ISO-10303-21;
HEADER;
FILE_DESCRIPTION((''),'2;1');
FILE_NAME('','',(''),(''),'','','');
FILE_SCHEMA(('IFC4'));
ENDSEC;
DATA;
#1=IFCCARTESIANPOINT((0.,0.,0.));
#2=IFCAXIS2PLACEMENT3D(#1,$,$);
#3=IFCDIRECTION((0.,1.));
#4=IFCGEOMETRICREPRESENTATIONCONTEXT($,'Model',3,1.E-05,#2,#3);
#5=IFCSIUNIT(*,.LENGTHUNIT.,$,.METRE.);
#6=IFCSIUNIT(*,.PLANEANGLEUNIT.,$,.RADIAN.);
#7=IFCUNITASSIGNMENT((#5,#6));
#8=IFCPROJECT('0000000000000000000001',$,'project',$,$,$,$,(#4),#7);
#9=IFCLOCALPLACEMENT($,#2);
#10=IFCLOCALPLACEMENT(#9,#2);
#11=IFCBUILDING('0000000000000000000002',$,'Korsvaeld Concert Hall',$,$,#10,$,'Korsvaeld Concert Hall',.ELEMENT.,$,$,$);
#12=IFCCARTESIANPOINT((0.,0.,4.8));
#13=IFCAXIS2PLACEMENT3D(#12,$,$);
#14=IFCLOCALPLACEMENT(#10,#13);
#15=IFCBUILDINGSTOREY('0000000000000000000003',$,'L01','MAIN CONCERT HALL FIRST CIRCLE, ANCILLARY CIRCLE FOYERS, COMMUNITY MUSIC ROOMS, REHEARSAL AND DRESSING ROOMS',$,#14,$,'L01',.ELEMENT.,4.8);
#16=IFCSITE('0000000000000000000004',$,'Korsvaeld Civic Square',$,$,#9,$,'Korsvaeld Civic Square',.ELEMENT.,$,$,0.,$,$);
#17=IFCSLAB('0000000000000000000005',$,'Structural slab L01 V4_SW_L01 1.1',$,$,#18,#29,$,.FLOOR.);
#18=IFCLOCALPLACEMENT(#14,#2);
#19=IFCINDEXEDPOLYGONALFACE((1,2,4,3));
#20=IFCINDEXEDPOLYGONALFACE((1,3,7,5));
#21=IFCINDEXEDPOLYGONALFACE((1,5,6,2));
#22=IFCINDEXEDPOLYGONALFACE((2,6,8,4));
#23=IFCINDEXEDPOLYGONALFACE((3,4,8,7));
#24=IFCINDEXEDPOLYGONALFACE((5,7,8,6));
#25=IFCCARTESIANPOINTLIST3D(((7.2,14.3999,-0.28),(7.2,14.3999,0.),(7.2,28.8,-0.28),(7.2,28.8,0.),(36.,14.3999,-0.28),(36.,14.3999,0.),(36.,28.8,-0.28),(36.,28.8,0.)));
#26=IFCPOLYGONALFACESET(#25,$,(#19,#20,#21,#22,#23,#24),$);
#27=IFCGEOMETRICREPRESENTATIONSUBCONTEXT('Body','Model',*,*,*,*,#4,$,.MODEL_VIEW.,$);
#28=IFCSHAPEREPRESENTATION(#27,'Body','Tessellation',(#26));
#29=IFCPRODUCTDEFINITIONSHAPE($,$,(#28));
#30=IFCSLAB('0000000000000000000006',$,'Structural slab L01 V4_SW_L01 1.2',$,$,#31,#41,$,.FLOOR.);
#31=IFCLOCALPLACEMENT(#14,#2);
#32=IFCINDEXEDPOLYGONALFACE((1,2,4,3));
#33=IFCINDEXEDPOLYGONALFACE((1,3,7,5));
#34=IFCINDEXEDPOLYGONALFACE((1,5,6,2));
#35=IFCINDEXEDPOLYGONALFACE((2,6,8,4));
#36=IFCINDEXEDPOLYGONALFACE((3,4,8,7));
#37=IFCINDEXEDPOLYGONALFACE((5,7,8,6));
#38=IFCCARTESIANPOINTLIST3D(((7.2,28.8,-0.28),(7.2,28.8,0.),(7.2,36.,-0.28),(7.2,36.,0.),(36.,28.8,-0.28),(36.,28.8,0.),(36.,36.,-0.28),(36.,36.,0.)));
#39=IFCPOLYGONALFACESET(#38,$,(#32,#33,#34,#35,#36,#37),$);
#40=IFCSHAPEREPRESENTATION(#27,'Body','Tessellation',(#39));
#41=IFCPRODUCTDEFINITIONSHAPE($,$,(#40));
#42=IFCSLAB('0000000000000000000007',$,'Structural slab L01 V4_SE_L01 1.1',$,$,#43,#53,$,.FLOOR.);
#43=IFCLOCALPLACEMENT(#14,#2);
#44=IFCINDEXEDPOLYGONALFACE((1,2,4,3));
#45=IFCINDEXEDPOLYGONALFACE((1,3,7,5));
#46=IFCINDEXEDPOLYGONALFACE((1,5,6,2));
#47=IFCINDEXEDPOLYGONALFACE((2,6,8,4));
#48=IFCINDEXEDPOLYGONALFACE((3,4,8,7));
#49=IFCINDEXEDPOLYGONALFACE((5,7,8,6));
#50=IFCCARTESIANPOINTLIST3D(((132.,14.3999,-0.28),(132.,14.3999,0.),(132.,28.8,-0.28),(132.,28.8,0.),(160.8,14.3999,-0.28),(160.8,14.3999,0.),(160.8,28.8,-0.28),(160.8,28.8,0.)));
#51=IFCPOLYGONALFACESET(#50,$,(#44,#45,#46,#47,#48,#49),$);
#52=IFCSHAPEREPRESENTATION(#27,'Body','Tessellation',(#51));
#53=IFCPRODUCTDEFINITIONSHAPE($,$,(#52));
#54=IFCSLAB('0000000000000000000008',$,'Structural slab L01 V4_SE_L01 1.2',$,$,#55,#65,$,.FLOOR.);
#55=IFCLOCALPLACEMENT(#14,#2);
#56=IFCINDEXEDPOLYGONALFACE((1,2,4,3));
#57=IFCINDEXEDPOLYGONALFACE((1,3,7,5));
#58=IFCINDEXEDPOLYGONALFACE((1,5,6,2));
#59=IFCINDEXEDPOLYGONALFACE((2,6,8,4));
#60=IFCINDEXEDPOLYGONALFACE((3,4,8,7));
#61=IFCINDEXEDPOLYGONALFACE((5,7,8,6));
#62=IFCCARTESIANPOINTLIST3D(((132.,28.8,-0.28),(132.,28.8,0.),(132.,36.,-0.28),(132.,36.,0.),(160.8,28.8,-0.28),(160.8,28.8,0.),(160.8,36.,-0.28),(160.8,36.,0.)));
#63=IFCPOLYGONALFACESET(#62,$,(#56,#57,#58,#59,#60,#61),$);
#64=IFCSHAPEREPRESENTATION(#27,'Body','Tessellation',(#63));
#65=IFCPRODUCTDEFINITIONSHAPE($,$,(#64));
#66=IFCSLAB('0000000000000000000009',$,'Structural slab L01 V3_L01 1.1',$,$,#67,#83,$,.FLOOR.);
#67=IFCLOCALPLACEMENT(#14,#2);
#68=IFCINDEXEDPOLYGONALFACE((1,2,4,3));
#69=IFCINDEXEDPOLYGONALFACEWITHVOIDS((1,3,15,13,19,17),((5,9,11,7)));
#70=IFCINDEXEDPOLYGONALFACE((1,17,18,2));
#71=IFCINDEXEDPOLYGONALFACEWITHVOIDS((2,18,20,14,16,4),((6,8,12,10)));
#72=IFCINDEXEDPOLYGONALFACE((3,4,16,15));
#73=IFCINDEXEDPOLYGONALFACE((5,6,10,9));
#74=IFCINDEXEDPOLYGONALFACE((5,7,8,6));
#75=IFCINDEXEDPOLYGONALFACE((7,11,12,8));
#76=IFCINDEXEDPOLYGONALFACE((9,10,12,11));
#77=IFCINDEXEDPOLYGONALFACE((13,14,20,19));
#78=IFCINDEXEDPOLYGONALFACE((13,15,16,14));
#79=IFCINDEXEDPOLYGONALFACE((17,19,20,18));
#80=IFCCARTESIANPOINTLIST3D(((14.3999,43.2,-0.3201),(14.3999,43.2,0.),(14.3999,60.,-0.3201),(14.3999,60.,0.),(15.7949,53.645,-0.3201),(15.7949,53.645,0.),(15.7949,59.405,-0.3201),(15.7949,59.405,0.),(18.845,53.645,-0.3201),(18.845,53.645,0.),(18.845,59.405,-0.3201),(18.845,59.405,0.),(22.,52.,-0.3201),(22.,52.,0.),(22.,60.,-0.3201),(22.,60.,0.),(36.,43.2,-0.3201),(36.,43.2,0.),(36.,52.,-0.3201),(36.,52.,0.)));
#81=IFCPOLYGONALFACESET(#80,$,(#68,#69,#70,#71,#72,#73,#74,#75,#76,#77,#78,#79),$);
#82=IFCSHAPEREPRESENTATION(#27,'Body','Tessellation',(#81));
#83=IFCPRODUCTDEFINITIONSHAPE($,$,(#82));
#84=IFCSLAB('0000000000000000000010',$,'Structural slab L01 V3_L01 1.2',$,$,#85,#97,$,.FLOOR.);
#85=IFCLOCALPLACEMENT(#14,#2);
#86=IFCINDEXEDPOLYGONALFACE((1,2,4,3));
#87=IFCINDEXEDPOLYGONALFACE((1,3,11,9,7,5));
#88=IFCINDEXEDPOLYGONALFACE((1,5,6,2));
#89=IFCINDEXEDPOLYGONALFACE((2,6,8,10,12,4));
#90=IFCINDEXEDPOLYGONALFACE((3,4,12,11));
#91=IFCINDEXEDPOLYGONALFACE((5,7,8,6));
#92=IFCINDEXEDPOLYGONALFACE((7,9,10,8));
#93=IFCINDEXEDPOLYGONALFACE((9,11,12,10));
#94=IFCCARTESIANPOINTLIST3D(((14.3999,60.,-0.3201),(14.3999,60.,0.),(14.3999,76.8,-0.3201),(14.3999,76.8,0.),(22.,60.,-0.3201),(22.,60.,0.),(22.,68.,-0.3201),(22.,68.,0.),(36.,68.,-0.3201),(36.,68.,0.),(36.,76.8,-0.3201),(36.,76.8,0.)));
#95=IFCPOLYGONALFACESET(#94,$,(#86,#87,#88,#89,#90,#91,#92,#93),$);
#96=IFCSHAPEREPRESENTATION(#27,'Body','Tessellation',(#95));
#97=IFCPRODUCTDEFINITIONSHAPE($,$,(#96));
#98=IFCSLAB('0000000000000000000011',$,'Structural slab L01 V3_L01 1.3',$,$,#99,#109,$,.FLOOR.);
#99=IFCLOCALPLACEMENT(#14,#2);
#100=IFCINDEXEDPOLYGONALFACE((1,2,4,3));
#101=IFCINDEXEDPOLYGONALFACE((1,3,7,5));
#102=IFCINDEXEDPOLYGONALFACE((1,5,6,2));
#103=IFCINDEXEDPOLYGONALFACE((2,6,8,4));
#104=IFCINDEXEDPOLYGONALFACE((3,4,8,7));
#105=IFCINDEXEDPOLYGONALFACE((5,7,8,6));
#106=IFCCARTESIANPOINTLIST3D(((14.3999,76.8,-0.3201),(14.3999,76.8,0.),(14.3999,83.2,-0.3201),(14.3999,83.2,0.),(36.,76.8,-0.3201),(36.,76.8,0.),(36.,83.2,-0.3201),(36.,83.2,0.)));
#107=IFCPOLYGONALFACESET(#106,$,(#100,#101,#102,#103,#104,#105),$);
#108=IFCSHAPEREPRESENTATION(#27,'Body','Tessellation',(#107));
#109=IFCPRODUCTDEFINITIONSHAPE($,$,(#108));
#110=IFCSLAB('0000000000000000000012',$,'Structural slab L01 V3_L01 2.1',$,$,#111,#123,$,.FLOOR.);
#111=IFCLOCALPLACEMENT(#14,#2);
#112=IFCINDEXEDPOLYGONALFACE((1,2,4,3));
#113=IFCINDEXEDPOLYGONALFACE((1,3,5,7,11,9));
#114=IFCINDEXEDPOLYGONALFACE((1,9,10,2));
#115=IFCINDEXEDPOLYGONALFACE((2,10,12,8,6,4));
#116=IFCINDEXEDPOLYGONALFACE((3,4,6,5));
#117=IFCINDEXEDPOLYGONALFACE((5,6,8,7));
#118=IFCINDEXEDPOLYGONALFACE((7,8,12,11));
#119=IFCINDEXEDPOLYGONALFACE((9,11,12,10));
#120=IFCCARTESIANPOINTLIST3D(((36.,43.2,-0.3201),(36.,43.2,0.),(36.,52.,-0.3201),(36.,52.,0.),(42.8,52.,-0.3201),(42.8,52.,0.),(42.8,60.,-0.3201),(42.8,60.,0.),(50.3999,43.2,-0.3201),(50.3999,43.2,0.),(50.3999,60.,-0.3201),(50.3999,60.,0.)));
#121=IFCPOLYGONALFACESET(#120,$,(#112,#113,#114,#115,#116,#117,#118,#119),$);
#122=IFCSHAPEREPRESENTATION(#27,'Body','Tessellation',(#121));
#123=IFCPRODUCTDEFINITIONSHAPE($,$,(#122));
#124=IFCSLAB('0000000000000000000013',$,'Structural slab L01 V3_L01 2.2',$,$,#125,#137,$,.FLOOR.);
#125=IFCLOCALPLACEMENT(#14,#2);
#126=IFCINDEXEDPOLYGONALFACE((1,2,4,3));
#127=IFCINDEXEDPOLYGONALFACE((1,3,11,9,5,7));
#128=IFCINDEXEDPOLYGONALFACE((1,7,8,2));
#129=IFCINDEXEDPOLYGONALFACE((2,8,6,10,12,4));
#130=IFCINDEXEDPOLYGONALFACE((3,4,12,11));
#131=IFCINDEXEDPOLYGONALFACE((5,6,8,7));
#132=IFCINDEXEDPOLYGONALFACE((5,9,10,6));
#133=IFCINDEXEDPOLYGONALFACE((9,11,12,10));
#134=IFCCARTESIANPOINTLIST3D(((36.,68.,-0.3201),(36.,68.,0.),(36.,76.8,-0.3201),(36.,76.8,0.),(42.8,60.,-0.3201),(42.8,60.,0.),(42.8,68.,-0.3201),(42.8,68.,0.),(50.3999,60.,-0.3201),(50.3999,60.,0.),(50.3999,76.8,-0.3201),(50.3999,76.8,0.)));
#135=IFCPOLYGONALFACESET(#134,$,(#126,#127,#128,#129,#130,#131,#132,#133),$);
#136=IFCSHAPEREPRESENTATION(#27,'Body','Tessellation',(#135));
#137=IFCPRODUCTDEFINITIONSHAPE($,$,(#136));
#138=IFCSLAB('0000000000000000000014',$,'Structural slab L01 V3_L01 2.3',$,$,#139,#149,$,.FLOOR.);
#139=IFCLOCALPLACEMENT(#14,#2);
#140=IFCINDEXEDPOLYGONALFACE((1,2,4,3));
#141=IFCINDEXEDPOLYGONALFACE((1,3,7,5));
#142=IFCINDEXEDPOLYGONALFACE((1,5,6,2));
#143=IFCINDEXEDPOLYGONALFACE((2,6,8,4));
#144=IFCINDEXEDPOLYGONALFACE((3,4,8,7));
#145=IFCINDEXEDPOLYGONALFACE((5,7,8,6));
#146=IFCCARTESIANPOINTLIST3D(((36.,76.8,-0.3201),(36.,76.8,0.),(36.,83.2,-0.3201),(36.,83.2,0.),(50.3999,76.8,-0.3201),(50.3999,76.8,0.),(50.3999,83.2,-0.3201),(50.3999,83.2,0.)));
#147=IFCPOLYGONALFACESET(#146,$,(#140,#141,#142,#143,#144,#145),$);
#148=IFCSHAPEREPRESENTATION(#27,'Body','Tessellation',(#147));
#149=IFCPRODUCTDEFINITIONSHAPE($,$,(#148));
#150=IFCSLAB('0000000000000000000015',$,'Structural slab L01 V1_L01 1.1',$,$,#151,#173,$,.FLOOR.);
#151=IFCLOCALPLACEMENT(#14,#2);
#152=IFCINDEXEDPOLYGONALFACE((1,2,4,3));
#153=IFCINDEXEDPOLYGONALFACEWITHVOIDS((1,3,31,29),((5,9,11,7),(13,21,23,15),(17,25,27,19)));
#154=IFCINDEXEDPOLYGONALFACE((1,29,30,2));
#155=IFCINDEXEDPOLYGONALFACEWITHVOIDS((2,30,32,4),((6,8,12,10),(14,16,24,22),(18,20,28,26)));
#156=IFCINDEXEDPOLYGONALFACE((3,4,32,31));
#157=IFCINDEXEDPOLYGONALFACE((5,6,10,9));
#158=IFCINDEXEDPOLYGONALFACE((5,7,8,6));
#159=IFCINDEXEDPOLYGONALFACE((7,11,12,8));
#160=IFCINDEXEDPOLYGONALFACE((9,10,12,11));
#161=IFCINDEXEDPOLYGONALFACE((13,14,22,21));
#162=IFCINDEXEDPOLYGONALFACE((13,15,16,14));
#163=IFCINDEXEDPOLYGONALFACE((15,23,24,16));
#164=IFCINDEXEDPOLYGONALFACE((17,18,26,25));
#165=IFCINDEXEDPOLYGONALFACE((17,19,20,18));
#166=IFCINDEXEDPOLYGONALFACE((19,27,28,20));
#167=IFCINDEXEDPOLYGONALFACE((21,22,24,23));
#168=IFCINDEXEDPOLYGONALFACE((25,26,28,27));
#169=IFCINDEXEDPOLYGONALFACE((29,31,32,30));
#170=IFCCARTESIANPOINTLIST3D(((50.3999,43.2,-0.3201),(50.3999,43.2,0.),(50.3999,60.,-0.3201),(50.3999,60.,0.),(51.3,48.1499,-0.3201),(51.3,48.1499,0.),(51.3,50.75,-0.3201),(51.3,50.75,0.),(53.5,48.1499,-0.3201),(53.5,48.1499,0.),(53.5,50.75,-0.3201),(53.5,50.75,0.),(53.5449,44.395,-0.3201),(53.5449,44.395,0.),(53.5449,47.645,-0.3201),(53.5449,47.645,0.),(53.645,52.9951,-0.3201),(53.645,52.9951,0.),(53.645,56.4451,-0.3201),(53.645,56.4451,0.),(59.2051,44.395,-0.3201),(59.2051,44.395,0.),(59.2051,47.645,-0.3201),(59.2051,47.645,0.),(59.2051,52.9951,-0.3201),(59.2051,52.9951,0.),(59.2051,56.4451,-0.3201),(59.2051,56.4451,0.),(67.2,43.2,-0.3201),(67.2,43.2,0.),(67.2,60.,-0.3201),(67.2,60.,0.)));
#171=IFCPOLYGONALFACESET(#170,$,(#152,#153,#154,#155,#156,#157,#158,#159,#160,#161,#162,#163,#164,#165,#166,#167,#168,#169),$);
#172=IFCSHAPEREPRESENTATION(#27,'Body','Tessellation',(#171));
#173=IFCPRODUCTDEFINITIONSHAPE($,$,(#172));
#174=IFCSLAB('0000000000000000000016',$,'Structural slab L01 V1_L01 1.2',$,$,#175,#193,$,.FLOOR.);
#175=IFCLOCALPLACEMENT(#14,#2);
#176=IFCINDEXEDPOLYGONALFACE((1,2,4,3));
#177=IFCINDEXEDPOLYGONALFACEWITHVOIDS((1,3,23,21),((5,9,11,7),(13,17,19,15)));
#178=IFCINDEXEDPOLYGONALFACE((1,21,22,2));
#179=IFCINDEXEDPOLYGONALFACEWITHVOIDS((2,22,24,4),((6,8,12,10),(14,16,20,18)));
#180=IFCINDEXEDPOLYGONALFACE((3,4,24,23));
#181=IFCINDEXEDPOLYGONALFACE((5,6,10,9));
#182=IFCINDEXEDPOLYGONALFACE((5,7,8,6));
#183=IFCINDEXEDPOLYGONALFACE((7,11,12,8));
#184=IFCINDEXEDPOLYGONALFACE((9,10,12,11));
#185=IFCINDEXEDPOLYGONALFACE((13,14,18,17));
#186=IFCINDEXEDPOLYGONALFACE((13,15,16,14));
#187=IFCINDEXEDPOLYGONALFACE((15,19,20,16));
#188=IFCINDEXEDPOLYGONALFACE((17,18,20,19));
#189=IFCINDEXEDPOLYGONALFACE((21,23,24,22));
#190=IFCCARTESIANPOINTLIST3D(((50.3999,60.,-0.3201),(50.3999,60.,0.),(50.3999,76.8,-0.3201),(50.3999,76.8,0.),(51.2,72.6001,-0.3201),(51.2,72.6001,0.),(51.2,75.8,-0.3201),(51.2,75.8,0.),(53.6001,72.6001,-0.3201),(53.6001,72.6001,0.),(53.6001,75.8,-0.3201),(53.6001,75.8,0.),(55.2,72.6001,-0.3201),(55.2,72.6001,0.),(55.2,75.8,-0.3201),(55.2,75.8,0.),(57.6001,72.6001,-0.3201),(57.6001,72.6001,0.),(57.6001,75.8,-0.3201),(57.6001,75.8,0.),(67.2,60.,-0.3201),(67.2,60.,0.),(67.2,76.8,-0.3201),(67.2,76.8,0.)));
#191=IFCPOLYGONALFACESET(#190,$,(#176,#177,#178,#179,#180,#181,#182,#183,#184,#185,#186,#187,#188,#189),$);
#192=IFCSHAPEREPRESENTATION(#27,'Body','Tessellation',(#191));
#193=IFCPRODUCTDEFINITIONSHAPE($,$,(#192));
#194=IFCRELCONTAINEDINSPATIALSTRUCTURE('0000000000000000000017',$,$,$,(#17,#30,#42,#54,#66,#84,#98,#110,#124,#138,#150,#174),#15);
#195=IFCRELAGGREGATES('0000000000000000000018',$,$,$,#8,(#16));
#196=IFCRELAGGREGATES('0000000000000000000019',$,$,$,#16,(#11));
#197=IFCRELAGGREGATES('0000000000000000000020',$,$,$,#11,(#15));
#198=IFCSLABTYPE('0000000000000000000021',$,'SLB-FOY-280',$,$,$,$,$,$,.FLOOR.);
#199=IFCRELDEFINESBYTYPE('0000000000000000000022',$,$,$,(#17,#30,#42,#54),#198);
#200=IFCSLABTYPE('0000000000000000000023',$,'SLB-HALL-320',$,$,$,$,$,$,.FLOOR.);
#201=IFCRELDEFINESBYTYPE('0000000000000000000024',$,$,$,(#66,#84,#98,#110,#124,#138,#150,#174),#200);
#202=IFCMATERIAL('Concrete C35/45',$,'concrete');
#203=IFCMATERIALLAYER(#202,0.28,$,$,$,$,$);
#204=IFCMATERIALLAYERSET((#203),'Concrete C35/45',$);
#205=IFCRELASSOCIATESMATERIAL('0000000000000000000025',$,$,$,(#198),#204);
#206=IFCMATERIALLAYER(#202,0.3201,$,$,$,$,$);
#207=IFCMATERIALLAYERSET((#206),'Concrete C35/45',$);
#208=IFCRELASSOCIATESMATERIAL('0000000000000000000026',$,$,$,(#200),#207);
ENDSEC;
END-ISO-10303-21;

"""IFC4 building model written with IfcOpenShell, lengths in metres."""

from ifc_helpers import new_model, si_unit, direction, frame, origin, place, context, subcontext, project, spatial, polyline, outline, extrude, material, layer, layer_set, type_object, element, save


model = new_model("IFC4")

# Units and contexts
model_context = context("Model", 3, precision=1e-05, world=origin(), true_north=direction((0.0, 1.0)))
body_context = subcontext(model_context, "Body", "Model", "MODEL_VIEW")
ifc_project = project(units=[si_unit("LENGTHUNIT", "METRE"), si_unit("PLANEANGLEUNIT", "RADIAN")], contexts=[model_context])

# Site, building, storey
site_placement = place(None, origin())
site = spatial("IfcSite", under=ifc_project, at=site_placement, Name="Korsvaeld Civic Square", LongName="Korsvaeld Civic Square", CompositionType="ELEMENT", RefElevation=0.0)
building_placement = place(site_placement, origin())
building = spatial("IfcBuilding", under=site, at=building_placement, Name="Korsvaeld Concert Hall", LongName="Korsvaeld Concert Hall", CompositionType="ELEMENT")
storey_placement = place(building_placement, frame((0.0, 0.0, 4.8)))
storey = spatial("IfcBuildingStorey", under=building, at=storey_placement, Name="L01", Description="MAIN CONCERT HALL FIRST CIRCLE, ANCILLARY CIRCLE FOYERS, COMMUNITY MUSIC ROOMS, REHEARSAL AND DRESSING ROOMS", LongName="L01", CompositionType="ELEMENT", Elevation=4.8)

# Slabs
ifc_material = material(Name="Concrete C35/45", Category="concrete")
ifc_layer_1 = layer(ifc_material, 0.28)
ifc_layer_set_1 = layer_set([ifc_layer_1], Name="Concrete C35/45")
slab_type_1 = type_object("IfcSlabType", Name="SLB-FOY-280", PredefinedType="FLOOR", material=ifc_layer_set_1)
slab_1_placement = place(storey_placement, frame((0.0, 0.0, -0.28)))
element("IfcSlab", 1, at=slab_1_placement, inside=storey, type_object=slab_type_1, Name="Structural slab L01 V4_SW_L01 1.1", PredefinedType="FLOOR", context=body_context, shape_type="SweptSolid", body=[
    extrude(outline(polyline([(7.2, 14.3999), (7.2, 28.8), (36.0, 28.8), (36.0, 14.3999), (7.2, 14.3999)])), origin(), (0.0, 0.0, 1.0), 0.28),
])
slab_2_placement = place(storey_placement, frame((0.0, 0.0, -0.28)))
element("IfcSlab", 2, at=slab_2_placement, inside=storey, type_object=slab_type_1, Name="Structural slab L01 V4_SW_L01 1.2", PredefinedType="FLOOR", context=body_context, shape_type="SweptSolid", body=[
    extrude(outline(polyline([(7.2, 28.8), (7.2, 36.0), (36.0, 36.0), (36.0, 28.8), (7.2, 28.8)])), origin(), (0.0, 0.0, 1.0), 0.28),
])
slab_3_placement = place(storey_placement, frame((0.0, 0.0, -0.28)))
element("IfcSlab", 3, at=slab_3_placement, inside=storey, type_object=slab_type_1, Name="Structural slab L01 V4_SE_L01 1.1", PredefinedType="FLOOR", context=body_context, shape_type="SweptSolid", body=[
    extrude(outline(polyline([(132.0, 14.3999), (132.0, 28.8), (160.8, 28.8), (160.8, 14.3999), (132.0, 14.3999)])), origin(), (0.0, 0.0, 1.0), 0.28),
])
slab_4_placement = place(storey_placement, frame((0.0, 0.0, -0.28)))
element("IfcSlab", 4, at=slab_4_placement, inside=storey, type_object=slab_type_1, Name="Structural slab L01 V4_SE_L01 1.2", PredefinedType="FLOOR", context=body_context, shape_type="SweptSolid", body=[
    extrude(outline(polyline([(132.0, 28.8), (132.0, 36.0), (160.8, 36.0), (160.8, 28.8), (132.0, 28.8)])), origin(), (0.0, 0.0, 1.0), 0.28),
])
ifc_layer_2 = layer(ifc_material, 0.3201)
ifc_layer_set_2 = layer_set([ifc_layer_2], Name="Concrete C35/45")
slab_type_2 = type_object("IfcSlabType", Name="SLB-HALL-320", PredefinedType="FLOOR", material=ifc_layer_set_2)
slab_5_placement = place(storey_placement, frame((0.0, 0.0, -0.3201)))
element("IfcSlab", 5, at=slab_5_placement, inside=storey, type_object=slab_type_2, Name="Structural slab L01 V3_L01 1.1", PredefinedType="FLOOR", context=body_context, shape_type="SweptSolid", body=[
    extrude(outline(polyline([(36.0, 43.2), (14.3999, 43.2), (14.3999, 60.0), (22.0, 60.0), (22.0, 52.0), (36.0, 52.0), (36.0, 43.2)]), holes=[polyline([(18.845, 53.645), (18.845, 59.405), (15.7949, 59.405), (15.7949, 53.645), (18.845, 53.645)])]), origin(), (0.0, 0.0, 1.0), 0.3201),
])
slab_6_placement = place(storey_placement, frame((0.0, 0.0, -0.3201)))
element("IfcSlab", 6, at=slab_6_placement, inside=storey, type_object=slab_type_2, Name="Structural slab L01 V3_L01 1.2", PredefinedType="FLOOR", context=body_context, shape_type="SweptSolid", body=[
    extrude(outline(polyline([(14.3999, 60.0), (14.3999, 76.8), (36.0, 76.8), (36.0, 68.0), (22.0, 68.0), (22.0, 60.0), (14.3999, 60.0)])), origin(), (0.0, 0.0, 1.0), 0.3201),
])
slab_7_placement = place(storey_placement, frame((0.0, 0.0, -0.3201)))
element("IfcSlab", 7, at=slab_7_placement, inside=storey, type_object=slab_type_2, Name="Structural slab L01 V3_L01 1.3", PredefinedType="FLOOR", context=body_context, shape_type="SweptSolid", body=[
    extrude(outline(polyline([(14.3999, 76.8), (14.3999, 83.2), (36.0, 83.2), (36.0, 76.8), (14.3999, 76.8)])), origin(), (0.0, 0.0, 1.0), 0.3201),
])
slab_8_placement = place(storey_placement, frame((0.0, 0.0, -0.3201)))
element("IfcSlab", 8, at=slab_8_placement, inside=storey, type_object=slab_type_2, Name="Structural slab L01 V3_L01 2.1", PredefinedType="FLOOR", context=body_context, shape_type="SweptSolid", body=[
    extrude(outline(polyline([(50.3999, 60.0), (50.3999, 43.2), (36.0, 43.2), (36.0, 52.0), (42.8, 52.0), (42.8, 60.0), (50.3999, 60.0)])), origin(), (0.0, 0.0, 1.0), 0.3201),
])
slab_9_placement = place(storey_placement, frame((0.0, 0.0, -0.3201)))
element("IfcSlab", 9, at=slab_9_placement, inside=storey, type_object=slab_type_2, Name="Structural slab L01 V3_L01 2.2", PredefinedType="FLOOR", context=body_context, shape_type="SweptSolid", body=[
    extrude(outline(polyline([(36.0, 76.8), (50.3999, 76.8), (50.3999, 60.0), (42.8, 60.0), (42.8, 68.0), (36.0, 68.0), (36.0, 76.8)])), origin(), (0.0, 0.0, 1.0), 0.3201),
])
slab_10_placement = place(storey_placement, frame((0.0, 0.0, -0.3201)))
element("IfcSlab", 10, at=slab_10_placement, inside=storey, type_object=slab_type_2, Name="Structural slab L01 V3_L01 2.3", PredefinedType="FLOOR", context=body_context, shape_type="SweptSolid", body=[
    extrude(outline(polyline([(36.0, 76.8), (36.0, 83.2), (50.3999, 83.2), (50.3999, 76.8), (36.0, 76.8)])), origin(), (0.0, 0.0, 1.0), 0.3201),
])
slab_11_placement = place(storey_placement, frame((0.0, 0.0, -0.3201)))
element("IfcSlab", 11, at=slab_11_placement, inside=storey, type_object=slab_type_2, Name="Structural slab L01 V1_L01 1.1", PredefinedType="FLOOR", context=body_context, shape_type="SweptSolid", body=[
    extrude(outline(polyline([(50.3999, 43.2), (50.3999, 60.0), (67.2, 60.0), (67.2, 43.2), (50.3999, 43.2)]), holes=[polyline([(59.2051, 44.395), (59.2051, 47.645), (53.5449, 47.645), (53.5449, 44.395), (59.2051, 44.395)]), polyline([(53.5, 50.75), (51.3, 50.75), (51.3, 48.1499), (53.5, 48.1499), (53.5, 50.75)]), polyline([(53.645, 52.9951), (59.2051, 52.9951), (59.2051, 56.4451), (53.645, 56.4451), (53.645, 52.9951)])]), origin(), (0.0, 0.0, 1.0), 0.3201),
])
slab_12_placement = place(storey_placement, frame((0.0, 0.0, -0.3201)))
element("IfcSlab", 12, at=slab_12_placement, inside=storey, type_object=slab_type_2, Name="Structural slab L01 V1_L01 1.2", PredefinedType="FLOOR", context=body_context, shape_type="SweptSolid", body=[
    extrude(outline(polyline([(50.3999, 60.0), (50.3999, 76.8), (67.2, 76.8), (67.2, 60.0), (50.3999, 60.0)]), holes=[polyline([(53.6001, 72.6001), (53.6001, 75.8), (51.2, 75.8), (51.2, 72.6001), (53.6001, 72.6001)]), polyline([(57.6001, 75.8), (55.2, 75.8), (55.2, 72.6001), (57.6001, 72.6001), (57.6001, 75.8)])]), origin(), (0.0, 0.0, 1.0), 0.3201),
])

save(model, "model.ifc")
